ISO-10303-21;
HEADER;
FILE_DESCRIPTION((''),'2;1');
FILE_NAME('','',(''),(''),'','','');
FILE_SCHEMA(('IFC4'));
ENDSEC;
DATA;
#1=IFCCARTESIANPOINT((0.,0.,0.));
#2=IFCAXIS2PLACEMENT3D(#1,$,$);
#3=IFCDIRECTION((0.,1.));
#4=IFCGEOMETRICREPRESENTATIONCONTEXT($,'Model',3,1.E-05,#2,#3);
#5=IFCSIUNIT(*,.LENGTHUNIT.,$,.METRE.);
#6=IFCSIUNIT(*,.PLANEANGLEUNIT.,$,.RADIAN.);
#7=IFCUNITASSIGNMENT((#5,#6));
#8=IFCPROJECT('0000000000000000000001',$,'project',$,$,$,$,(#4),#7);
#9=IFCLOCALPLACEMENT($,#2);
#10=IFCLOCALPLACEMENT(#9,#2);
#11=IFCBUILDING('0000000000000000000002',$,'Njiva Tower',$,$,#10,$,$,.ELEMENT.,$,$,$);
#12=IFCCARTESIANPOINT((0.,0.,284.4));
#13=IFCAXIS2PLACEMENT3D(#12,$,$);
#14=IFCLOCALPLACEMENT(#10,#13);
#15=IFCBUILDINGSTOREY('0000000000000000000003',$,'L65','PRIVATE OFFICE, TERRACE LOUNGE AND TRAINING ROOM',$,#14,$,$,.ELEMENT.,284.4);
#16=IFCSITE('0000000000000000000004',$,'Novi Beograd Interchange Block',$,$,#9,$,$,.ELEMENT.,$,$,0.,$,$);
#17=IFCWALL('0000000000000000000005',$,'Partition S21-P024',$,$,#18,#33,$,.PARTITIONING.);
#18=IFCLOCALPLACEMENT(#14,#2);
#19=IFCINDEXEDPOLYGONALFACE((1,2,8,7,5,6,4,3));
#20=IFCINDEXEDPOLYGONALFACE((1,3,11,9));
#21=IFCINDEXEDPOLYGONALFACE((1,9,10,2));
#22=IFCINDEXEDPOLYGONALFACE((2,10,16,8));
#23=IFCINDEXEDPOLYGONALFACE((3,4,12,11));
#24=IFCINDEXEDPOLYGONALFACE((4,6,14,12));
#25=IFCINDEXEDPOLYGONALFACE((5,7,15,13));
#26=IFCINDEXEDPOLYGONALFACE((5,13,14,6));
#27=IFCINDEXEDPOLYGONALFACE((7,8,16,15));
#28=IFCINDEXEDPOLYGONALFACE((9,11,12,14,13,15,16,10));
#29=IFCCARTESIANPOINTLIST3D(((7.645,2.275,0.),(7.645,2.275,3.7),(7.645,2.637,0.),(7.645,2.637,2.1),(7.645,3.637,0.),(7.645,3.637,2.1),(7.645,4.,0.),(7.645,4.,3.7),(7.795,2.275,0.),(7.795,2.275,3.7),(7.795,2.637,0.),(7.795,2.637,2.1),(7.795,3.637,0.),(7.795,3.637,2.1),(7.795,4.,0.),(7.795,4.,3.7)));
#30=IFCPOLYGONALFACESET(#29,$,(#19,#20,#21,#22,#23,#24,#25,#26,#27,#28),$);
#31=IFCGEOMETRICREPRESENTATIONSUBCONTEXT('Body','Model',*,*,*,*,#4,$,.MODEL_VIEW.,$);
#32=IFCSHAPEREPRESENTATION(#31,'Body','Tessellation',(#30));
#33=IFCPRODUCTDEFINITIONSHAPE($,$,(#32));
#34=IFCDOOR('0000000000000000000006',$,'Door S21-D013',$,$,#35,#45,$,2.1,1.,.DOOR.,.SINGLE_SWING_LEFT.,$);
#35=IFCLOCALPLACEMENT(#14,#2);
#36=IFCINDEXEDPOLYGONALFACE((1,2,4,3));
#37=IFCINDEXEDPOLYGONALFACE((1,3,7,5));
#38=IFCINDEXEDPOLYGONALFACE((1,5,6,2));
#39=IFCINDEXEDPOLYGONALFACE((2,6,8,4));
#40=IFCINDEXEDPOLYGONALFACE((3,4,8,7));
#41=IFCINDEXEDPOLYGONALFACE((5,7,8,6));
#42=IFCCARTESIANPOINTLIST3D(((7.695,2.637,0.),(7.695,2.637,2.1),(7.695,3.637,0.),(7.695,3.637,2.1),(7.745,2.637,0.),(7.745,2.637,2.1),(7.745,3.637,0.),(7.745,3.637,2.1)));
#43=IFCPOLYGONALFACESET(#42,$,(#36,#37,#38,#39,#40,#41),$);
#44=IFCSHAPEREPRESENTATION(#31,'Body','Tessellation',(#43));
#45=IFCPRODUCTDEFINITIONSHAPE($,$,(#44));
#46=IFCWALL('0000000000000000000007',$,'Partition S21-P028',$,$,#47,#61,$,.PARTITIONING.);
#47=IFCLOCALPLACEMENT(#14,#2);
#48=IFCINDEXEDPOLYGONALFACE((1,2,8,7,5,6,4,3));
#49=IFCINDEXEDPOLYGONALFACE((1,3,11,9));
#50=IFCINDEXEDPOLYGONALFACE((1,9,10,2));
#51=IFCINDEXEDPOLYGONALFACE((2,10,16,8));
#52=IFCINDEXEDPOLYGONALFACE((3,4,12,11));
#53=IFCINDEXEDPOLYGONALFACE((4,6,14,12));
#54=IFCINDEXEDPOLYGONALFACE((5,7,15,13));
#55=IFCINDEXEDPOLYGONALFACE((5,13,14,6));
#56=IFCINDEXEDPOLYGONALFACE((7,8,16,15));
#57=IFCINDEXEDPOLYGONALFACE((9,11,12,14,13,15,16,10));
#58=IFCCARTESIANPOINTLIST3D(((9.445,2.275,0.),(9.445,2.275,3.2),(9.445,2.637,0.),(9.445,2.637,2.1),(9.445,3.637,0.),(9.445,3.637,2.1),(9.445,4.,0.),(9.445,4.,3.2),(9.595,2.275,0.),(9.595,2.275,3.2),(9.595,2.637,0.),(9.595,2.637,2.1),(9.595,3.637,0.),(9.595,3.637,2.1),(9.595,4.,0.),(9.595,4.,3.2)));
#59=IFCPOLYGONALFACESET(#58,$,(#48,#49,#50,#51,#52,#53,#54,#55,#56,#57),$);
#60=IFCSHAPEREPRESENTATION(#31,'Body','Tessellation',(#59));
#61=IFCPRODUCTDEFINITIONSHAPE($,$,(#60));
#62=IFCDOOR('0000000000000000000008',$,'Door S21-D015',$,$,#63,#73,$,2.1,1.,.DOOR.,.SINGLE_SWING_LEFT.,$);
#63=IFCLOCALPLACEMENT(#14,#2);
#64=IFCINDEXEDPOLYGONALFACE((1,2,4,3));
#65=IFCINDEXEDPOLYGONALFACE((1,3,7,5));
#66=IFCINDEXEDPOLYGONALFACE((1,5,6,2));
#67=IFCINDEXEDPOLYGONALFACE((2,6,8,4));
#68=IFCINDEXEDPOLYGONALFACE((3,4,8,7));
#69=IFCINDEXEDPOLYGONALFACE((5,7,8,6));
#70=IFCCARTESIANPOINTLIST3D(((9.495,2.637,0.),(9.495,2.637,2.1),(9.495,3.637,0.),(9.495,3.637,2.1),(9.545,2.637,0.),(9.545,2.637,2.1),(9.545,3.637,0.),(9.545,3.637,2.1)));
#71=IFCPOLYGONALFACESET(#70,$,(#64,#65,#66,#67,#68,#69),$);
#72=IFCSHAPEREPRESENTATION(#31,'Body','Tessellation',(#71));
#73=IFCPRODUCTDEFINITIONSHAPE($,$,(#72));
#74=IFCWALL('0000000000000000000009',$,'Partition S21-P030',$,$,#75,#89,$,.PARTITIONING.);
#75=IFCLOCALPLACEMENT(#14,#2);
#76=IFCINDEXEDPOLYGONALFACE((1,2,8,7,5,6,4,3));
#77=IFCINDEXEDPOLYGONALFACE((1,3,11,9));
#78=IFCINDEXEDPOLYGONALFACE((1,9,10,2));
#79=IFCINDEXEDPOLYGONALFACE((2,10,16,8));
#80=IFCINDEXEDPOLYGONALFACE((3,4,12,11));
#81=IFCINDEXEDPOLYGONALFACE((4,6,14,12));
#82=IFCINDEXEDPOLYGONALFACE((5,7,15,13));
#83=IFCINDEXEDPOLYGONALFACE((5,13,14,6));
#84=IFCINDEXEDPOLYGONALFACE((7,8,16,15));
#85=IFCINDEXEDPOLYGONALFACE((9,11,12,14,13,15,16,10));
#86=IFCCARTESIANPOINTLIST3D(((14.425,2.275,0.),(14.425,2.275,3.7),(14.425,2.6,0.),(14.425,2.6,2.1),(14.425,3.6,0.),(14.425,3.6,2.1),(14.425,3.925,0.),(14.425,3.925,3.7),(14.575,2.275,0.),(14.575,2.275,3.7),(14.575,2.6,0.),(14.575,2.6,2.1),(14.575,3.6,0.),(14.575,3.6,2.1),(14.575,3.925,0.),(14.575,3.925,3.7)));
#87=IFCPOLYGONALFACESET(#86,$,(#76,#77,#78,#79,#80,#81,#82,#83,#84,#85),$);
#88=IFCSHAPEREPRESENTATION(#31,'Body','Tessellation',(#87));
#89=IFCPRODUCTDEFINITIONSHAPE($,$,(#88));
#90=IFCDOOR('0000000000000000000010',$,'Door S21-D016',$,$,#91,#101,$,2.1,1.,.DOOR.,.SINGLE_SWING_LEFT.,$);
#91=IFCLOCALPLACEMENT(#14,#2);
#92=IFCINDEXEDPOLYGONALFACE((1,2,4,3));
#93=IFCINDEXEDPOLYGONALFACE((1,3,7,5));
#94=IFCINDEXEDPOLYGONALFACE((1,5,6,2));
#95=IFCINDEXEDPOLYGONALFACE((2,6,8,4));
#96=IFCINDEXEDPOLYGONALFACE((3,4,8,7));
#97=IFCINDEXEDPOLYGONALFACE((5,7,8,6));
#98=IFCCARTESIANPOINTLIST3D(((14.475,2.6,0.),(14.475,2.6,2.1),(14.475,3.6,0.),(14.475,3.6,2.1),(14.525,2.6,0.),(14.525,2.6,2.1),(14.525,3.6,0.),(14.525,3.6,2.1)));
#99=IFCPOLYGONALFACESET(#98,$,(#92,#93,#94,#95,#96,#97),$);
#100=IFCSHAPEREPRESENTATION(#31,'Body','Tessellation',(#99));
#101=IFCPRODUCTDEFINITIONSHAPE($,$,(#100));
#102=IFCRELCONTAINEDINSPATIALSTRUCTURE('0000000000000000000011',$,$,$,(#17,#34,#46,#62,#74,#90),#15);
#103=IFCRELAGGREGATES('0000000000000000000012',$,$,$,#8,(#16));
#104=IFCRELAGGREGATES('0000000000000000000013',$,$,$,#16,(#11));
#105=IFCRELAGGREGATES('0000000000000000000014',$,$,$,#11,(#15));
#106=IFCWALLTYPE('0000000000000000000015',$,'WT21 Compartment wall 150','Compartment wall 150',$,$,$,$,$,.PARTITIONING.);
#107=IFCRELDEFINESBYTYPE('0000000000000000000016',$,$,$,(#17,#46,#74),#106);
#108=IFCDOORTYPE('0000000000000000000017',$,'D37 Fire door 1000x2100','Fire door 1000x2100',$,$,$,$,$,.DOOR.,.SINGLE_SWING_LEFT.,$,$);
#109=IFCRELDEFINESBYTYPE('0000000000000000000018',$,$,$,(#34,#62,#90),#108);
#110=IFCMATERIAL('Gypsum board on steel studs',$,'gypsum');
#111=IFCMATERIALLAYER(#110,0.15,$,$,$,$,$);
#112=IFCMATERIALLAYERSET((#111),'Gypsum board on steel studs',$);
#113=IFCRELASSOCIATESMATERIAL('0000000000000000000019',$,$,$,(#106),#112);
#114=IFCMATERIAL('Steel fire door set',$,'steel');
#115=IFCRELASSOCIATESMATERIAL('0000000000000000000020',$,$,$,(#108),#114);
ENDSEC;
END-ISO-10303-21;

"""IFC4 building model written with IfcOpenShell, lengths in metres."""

from ifc_helpers import new_model, si_unit, direction, frame, frame_2d, origin, place, context, subcontext, project, spatial, rectangle, extrude, material, layer, layer_set, type_object, element, fill, save


model = new_model("IFC4")

# Units and contexts
model_context = context("Model", 3, precision=1e-05, world=origin(), true_north=direction((0.0, 1.0)))
body_context = subcontext(model_context, "Body", "Model", "MODEL_VIEW")
ifc_project = project(units=[si_unit("LENGTHUNIT", "METRE"), si_unit("PLANEANGLEUNIT", "RADIAN")], contexts=[model_context])

# Site, building, storey
site_placement = place(None, origin())
site = spatial("IfcSite", under=ifc_project, at=site_placement, Name="Novi Beograd Interchange Block", CompositionType="ELEMENT", RefElevation=0.0)
building_placement = place(site_placement, origin())
building = spatial("IfcBuilding", under=site, at=building_placement, Name="Njiva Tower", CompositionType="ELEMENT")
storey_placement = place(building_placement, frame((0.0, 0.0, 284.4)))
storey = spatial("IfcBuildingStorey", under=building, at=storey_placement, Name="L65", Description="PRIVATE OFFICE, TERRACE LOUNGE AND TRAINING ROOM", CompositionType="ELEMENT", Elevation=284.4)

# Shared definitions
ifc_material_1 = material(Name="Gypsum board on steel studs", Category="gypsum")

# Walls, openings, doors
ifc_layer_1 = layer(ifc_material_1, 0.15)
ifc_layer_set_1 = layer_set([ifc_layer_1], Name="Gypsum board on steel studs")
wall_type_1 = type_object("IfcWallType", Name="WT21 Compartment wall 150", Description="Compartment wall 150", PredefinedType="PARTITIONING", material=ifc_layer_set_1)
wall_1_placement = place(storey_placement, frame((7.72, 2.275, 0.0), z_axis=(0.0, 0.0, 1.0), x_axis=(0.0, 1.0, 0.0)))
wall_1 = element("IfcWall", 1, at=wall_1_placement, inside=storey, type_object=wall_type_1, Name="Partition S21-P024", PredefinedType="PARTITIONING", context=body_context, shape_type="SweptSolid", body=[
    extrude(rectangle(XDim=1.725, YDim=0.15, at=frame_2d((0.8625, 0.0))), origin(), (0.0, 0.0, 1.0), 3.7),
])
opening_1_placement = place(wall_1_placement, frame((0.362, 0.0, 0.0)))
opening_1 = element("IfcOpeningElement", 2, at=opening_1_placement, cuts=wall_1, PredefinedType="OPENING", context=body_context, shape_type="SweptSolid", body=[
    extrude(rectangle(XDim=1.0, YDim=2.1, at=frame_2d((0.5, 1.05))), frame((0.0, 0.085, 0.0), z_axis=(0.0, -1.0, 0.0), x_axis=(1.0, 0.0, 0.0)), (0.0, 0.0, 1.0), 0.17),
])
ifc_material_2 = material(Name="Steel fire door set", Category="steel")
door_type_1 = type_object("IfcDoorType", Name="D37 Fire door 1000x2100", Description="Fire door 1000x2100", OperationType="SINGLE_SWING_LEFT", PredefinedType="DOOR", material=ifc_material_2)
door_1_placement = place(opening_1_placement, origin())
door_1 = element("IfcDoor", 3, at=door_1_placement, inside=storey, type_object=door_type_1, Name="Door S21-D013", OperationType="SINGLE_SWING_LEFT", OverallHeight=2.1, OverallWidth=1.0, PredefinedType="DOOR", context=body_context, shape_type="SweptSolid", body=[
    extrude(rectangle(XDim=1.0, YDim=2.1, at=frame_2d((0.5, 1.05))), frame((0.0, 0.025, 0.0), z_axis=(0.0, -1.0, 0.0), x_axis=(1.0, 0.0, 0.0)), (0.0, 0.0, 1.0), 0.05),
])
fill(opening_1, door_1)
wall_2_placement = place(storey_placement, frame((9.52, 2.275, 0.0), z_axis=(0.0, 0.0, 1.0), x_axis=(0.0, 1.0, 0.0)))
wall_2 = element("IfcWall", 4, at=wall_2_placement, inside=storey, type_object=wall_type_1, Name="Partition S21-P028", PredefinedType="PARTITIONING", context=body_context, shape_type="SweptSolid", body=[
    extrude(rectangle(XDim=1.725, YDim=0.15, at=frame_2d((0.8625, 0.0))), origin(), (0.0, 0.0, 1.0), 3.2),
])
opening_2_placement = place(wall_2_placement, frame((0.362, 0.0, 0.0)))
opening_2 = element("IfcOpeningElement", 5, at=opening_2_placement, cuts=wall_2, PredefinedType="OPENING", context=body_context, shape_type="SweptSolid", body=[
    extrude(rectangle(XDim=1.0, YDim=2.1, at=frame_2d((0.5, 1.05))), frame((0.0, 0.085, 0.0), z_axis=(0.0, -1.0, 0.0), x_axis=(1.0, 0.0, 0.0)), (0.0, 0.0, 1.0), 0.17),
])
door_2_placement = place(opening_2_placement, origin())
door_2 = element("IfcDoor", 6, at=door_2_placement, inside=storey, type_object=door_type_1, Name="Door S21-D015", OperationType="SINGLE_SWING_LEFT", OverallHeight=2.1, OverallWidth=1.0, PredefinedType="DOOR", context=body_context, shape_type="SweptSolid", body=[
    extrude(rectangle(XDim=1.0, YDim=2.1, at=frame_2d((0.5, 1.05))), frame((0.0, 0.025, 0.0), z_axis=(0.0, -1.0, 0.0), x_axis=(1.0, 0.0, 0.0)), (0.0, 0.0, 1.0), 0.05),
])
fill(opening_2, door_2)
wall_3_placement = place(storey_placement, frame((14.5, 2.275, 0.0), z_axis=(0.0, 0.0, 1.0), x_axis=(0.0, 1.0, 0.0)))
wall_3 = element("IfcWall", 7, at=wall_3_placement, inside=storey, type_object=wall_type_1, Name="Partition S21-P030", PredefinedType="PARTITIONING", context=body_context, shape_type="SweptSolid", body=[
    extrude(rectangle(XDim=1.65, YDim=0.15, at=frame_2d((0.825, 0.0))), origin(), (0.0, 0.0, 1.0), 3.7),
])
opening_3_placement = place(wall_3_placement, frame((0.325, 0.0, 0.0)))
opening_3 = element("IfcOpeningElement", 8, at=opening_3_placement, cuts=wall_3, PredefinedType="OPENING", context=body_context, shape_type="SweptSolid", body=[
    extrude(rectangle(XDim=1.0, YDim=2.1, at=frame_2d((0.5, 1.05))), frame((0.0, 0.085, 0.0), z_axis=(0.0, -1.0, 0.0), x_axis=(1.0, 0.0, 0.0)), (0.0, 0.0, 1.0), 0.17),
])
door_3_placement = place(opening_3_placement, origin())
door_3 = element("IfcDoor", 9, at=door_3_placement, inside=storey, type_object=door_type_1, Name="Door S21-D016", OperationType="SINGLE_SWING_LEFT", OverallHeight=2.1, OverallWidth=1.0, PredefinedType="DOOR", context=body_context, shape_type="SweptSolid", body=[
    extrude(rectangle(XDim=1.0, YDim=2.1, at=frame_2d((0.5, 1.05))), frame((0.0, 0.025, 0.0), z_axis=(0.0, -1.0, 0.0), x_axis=(1.0, 0.0, 0.0)), (0.0, 0.0, 1.0), 0.05),
])
fill(opening_3, door_3)

save(model, "model.ifc")
